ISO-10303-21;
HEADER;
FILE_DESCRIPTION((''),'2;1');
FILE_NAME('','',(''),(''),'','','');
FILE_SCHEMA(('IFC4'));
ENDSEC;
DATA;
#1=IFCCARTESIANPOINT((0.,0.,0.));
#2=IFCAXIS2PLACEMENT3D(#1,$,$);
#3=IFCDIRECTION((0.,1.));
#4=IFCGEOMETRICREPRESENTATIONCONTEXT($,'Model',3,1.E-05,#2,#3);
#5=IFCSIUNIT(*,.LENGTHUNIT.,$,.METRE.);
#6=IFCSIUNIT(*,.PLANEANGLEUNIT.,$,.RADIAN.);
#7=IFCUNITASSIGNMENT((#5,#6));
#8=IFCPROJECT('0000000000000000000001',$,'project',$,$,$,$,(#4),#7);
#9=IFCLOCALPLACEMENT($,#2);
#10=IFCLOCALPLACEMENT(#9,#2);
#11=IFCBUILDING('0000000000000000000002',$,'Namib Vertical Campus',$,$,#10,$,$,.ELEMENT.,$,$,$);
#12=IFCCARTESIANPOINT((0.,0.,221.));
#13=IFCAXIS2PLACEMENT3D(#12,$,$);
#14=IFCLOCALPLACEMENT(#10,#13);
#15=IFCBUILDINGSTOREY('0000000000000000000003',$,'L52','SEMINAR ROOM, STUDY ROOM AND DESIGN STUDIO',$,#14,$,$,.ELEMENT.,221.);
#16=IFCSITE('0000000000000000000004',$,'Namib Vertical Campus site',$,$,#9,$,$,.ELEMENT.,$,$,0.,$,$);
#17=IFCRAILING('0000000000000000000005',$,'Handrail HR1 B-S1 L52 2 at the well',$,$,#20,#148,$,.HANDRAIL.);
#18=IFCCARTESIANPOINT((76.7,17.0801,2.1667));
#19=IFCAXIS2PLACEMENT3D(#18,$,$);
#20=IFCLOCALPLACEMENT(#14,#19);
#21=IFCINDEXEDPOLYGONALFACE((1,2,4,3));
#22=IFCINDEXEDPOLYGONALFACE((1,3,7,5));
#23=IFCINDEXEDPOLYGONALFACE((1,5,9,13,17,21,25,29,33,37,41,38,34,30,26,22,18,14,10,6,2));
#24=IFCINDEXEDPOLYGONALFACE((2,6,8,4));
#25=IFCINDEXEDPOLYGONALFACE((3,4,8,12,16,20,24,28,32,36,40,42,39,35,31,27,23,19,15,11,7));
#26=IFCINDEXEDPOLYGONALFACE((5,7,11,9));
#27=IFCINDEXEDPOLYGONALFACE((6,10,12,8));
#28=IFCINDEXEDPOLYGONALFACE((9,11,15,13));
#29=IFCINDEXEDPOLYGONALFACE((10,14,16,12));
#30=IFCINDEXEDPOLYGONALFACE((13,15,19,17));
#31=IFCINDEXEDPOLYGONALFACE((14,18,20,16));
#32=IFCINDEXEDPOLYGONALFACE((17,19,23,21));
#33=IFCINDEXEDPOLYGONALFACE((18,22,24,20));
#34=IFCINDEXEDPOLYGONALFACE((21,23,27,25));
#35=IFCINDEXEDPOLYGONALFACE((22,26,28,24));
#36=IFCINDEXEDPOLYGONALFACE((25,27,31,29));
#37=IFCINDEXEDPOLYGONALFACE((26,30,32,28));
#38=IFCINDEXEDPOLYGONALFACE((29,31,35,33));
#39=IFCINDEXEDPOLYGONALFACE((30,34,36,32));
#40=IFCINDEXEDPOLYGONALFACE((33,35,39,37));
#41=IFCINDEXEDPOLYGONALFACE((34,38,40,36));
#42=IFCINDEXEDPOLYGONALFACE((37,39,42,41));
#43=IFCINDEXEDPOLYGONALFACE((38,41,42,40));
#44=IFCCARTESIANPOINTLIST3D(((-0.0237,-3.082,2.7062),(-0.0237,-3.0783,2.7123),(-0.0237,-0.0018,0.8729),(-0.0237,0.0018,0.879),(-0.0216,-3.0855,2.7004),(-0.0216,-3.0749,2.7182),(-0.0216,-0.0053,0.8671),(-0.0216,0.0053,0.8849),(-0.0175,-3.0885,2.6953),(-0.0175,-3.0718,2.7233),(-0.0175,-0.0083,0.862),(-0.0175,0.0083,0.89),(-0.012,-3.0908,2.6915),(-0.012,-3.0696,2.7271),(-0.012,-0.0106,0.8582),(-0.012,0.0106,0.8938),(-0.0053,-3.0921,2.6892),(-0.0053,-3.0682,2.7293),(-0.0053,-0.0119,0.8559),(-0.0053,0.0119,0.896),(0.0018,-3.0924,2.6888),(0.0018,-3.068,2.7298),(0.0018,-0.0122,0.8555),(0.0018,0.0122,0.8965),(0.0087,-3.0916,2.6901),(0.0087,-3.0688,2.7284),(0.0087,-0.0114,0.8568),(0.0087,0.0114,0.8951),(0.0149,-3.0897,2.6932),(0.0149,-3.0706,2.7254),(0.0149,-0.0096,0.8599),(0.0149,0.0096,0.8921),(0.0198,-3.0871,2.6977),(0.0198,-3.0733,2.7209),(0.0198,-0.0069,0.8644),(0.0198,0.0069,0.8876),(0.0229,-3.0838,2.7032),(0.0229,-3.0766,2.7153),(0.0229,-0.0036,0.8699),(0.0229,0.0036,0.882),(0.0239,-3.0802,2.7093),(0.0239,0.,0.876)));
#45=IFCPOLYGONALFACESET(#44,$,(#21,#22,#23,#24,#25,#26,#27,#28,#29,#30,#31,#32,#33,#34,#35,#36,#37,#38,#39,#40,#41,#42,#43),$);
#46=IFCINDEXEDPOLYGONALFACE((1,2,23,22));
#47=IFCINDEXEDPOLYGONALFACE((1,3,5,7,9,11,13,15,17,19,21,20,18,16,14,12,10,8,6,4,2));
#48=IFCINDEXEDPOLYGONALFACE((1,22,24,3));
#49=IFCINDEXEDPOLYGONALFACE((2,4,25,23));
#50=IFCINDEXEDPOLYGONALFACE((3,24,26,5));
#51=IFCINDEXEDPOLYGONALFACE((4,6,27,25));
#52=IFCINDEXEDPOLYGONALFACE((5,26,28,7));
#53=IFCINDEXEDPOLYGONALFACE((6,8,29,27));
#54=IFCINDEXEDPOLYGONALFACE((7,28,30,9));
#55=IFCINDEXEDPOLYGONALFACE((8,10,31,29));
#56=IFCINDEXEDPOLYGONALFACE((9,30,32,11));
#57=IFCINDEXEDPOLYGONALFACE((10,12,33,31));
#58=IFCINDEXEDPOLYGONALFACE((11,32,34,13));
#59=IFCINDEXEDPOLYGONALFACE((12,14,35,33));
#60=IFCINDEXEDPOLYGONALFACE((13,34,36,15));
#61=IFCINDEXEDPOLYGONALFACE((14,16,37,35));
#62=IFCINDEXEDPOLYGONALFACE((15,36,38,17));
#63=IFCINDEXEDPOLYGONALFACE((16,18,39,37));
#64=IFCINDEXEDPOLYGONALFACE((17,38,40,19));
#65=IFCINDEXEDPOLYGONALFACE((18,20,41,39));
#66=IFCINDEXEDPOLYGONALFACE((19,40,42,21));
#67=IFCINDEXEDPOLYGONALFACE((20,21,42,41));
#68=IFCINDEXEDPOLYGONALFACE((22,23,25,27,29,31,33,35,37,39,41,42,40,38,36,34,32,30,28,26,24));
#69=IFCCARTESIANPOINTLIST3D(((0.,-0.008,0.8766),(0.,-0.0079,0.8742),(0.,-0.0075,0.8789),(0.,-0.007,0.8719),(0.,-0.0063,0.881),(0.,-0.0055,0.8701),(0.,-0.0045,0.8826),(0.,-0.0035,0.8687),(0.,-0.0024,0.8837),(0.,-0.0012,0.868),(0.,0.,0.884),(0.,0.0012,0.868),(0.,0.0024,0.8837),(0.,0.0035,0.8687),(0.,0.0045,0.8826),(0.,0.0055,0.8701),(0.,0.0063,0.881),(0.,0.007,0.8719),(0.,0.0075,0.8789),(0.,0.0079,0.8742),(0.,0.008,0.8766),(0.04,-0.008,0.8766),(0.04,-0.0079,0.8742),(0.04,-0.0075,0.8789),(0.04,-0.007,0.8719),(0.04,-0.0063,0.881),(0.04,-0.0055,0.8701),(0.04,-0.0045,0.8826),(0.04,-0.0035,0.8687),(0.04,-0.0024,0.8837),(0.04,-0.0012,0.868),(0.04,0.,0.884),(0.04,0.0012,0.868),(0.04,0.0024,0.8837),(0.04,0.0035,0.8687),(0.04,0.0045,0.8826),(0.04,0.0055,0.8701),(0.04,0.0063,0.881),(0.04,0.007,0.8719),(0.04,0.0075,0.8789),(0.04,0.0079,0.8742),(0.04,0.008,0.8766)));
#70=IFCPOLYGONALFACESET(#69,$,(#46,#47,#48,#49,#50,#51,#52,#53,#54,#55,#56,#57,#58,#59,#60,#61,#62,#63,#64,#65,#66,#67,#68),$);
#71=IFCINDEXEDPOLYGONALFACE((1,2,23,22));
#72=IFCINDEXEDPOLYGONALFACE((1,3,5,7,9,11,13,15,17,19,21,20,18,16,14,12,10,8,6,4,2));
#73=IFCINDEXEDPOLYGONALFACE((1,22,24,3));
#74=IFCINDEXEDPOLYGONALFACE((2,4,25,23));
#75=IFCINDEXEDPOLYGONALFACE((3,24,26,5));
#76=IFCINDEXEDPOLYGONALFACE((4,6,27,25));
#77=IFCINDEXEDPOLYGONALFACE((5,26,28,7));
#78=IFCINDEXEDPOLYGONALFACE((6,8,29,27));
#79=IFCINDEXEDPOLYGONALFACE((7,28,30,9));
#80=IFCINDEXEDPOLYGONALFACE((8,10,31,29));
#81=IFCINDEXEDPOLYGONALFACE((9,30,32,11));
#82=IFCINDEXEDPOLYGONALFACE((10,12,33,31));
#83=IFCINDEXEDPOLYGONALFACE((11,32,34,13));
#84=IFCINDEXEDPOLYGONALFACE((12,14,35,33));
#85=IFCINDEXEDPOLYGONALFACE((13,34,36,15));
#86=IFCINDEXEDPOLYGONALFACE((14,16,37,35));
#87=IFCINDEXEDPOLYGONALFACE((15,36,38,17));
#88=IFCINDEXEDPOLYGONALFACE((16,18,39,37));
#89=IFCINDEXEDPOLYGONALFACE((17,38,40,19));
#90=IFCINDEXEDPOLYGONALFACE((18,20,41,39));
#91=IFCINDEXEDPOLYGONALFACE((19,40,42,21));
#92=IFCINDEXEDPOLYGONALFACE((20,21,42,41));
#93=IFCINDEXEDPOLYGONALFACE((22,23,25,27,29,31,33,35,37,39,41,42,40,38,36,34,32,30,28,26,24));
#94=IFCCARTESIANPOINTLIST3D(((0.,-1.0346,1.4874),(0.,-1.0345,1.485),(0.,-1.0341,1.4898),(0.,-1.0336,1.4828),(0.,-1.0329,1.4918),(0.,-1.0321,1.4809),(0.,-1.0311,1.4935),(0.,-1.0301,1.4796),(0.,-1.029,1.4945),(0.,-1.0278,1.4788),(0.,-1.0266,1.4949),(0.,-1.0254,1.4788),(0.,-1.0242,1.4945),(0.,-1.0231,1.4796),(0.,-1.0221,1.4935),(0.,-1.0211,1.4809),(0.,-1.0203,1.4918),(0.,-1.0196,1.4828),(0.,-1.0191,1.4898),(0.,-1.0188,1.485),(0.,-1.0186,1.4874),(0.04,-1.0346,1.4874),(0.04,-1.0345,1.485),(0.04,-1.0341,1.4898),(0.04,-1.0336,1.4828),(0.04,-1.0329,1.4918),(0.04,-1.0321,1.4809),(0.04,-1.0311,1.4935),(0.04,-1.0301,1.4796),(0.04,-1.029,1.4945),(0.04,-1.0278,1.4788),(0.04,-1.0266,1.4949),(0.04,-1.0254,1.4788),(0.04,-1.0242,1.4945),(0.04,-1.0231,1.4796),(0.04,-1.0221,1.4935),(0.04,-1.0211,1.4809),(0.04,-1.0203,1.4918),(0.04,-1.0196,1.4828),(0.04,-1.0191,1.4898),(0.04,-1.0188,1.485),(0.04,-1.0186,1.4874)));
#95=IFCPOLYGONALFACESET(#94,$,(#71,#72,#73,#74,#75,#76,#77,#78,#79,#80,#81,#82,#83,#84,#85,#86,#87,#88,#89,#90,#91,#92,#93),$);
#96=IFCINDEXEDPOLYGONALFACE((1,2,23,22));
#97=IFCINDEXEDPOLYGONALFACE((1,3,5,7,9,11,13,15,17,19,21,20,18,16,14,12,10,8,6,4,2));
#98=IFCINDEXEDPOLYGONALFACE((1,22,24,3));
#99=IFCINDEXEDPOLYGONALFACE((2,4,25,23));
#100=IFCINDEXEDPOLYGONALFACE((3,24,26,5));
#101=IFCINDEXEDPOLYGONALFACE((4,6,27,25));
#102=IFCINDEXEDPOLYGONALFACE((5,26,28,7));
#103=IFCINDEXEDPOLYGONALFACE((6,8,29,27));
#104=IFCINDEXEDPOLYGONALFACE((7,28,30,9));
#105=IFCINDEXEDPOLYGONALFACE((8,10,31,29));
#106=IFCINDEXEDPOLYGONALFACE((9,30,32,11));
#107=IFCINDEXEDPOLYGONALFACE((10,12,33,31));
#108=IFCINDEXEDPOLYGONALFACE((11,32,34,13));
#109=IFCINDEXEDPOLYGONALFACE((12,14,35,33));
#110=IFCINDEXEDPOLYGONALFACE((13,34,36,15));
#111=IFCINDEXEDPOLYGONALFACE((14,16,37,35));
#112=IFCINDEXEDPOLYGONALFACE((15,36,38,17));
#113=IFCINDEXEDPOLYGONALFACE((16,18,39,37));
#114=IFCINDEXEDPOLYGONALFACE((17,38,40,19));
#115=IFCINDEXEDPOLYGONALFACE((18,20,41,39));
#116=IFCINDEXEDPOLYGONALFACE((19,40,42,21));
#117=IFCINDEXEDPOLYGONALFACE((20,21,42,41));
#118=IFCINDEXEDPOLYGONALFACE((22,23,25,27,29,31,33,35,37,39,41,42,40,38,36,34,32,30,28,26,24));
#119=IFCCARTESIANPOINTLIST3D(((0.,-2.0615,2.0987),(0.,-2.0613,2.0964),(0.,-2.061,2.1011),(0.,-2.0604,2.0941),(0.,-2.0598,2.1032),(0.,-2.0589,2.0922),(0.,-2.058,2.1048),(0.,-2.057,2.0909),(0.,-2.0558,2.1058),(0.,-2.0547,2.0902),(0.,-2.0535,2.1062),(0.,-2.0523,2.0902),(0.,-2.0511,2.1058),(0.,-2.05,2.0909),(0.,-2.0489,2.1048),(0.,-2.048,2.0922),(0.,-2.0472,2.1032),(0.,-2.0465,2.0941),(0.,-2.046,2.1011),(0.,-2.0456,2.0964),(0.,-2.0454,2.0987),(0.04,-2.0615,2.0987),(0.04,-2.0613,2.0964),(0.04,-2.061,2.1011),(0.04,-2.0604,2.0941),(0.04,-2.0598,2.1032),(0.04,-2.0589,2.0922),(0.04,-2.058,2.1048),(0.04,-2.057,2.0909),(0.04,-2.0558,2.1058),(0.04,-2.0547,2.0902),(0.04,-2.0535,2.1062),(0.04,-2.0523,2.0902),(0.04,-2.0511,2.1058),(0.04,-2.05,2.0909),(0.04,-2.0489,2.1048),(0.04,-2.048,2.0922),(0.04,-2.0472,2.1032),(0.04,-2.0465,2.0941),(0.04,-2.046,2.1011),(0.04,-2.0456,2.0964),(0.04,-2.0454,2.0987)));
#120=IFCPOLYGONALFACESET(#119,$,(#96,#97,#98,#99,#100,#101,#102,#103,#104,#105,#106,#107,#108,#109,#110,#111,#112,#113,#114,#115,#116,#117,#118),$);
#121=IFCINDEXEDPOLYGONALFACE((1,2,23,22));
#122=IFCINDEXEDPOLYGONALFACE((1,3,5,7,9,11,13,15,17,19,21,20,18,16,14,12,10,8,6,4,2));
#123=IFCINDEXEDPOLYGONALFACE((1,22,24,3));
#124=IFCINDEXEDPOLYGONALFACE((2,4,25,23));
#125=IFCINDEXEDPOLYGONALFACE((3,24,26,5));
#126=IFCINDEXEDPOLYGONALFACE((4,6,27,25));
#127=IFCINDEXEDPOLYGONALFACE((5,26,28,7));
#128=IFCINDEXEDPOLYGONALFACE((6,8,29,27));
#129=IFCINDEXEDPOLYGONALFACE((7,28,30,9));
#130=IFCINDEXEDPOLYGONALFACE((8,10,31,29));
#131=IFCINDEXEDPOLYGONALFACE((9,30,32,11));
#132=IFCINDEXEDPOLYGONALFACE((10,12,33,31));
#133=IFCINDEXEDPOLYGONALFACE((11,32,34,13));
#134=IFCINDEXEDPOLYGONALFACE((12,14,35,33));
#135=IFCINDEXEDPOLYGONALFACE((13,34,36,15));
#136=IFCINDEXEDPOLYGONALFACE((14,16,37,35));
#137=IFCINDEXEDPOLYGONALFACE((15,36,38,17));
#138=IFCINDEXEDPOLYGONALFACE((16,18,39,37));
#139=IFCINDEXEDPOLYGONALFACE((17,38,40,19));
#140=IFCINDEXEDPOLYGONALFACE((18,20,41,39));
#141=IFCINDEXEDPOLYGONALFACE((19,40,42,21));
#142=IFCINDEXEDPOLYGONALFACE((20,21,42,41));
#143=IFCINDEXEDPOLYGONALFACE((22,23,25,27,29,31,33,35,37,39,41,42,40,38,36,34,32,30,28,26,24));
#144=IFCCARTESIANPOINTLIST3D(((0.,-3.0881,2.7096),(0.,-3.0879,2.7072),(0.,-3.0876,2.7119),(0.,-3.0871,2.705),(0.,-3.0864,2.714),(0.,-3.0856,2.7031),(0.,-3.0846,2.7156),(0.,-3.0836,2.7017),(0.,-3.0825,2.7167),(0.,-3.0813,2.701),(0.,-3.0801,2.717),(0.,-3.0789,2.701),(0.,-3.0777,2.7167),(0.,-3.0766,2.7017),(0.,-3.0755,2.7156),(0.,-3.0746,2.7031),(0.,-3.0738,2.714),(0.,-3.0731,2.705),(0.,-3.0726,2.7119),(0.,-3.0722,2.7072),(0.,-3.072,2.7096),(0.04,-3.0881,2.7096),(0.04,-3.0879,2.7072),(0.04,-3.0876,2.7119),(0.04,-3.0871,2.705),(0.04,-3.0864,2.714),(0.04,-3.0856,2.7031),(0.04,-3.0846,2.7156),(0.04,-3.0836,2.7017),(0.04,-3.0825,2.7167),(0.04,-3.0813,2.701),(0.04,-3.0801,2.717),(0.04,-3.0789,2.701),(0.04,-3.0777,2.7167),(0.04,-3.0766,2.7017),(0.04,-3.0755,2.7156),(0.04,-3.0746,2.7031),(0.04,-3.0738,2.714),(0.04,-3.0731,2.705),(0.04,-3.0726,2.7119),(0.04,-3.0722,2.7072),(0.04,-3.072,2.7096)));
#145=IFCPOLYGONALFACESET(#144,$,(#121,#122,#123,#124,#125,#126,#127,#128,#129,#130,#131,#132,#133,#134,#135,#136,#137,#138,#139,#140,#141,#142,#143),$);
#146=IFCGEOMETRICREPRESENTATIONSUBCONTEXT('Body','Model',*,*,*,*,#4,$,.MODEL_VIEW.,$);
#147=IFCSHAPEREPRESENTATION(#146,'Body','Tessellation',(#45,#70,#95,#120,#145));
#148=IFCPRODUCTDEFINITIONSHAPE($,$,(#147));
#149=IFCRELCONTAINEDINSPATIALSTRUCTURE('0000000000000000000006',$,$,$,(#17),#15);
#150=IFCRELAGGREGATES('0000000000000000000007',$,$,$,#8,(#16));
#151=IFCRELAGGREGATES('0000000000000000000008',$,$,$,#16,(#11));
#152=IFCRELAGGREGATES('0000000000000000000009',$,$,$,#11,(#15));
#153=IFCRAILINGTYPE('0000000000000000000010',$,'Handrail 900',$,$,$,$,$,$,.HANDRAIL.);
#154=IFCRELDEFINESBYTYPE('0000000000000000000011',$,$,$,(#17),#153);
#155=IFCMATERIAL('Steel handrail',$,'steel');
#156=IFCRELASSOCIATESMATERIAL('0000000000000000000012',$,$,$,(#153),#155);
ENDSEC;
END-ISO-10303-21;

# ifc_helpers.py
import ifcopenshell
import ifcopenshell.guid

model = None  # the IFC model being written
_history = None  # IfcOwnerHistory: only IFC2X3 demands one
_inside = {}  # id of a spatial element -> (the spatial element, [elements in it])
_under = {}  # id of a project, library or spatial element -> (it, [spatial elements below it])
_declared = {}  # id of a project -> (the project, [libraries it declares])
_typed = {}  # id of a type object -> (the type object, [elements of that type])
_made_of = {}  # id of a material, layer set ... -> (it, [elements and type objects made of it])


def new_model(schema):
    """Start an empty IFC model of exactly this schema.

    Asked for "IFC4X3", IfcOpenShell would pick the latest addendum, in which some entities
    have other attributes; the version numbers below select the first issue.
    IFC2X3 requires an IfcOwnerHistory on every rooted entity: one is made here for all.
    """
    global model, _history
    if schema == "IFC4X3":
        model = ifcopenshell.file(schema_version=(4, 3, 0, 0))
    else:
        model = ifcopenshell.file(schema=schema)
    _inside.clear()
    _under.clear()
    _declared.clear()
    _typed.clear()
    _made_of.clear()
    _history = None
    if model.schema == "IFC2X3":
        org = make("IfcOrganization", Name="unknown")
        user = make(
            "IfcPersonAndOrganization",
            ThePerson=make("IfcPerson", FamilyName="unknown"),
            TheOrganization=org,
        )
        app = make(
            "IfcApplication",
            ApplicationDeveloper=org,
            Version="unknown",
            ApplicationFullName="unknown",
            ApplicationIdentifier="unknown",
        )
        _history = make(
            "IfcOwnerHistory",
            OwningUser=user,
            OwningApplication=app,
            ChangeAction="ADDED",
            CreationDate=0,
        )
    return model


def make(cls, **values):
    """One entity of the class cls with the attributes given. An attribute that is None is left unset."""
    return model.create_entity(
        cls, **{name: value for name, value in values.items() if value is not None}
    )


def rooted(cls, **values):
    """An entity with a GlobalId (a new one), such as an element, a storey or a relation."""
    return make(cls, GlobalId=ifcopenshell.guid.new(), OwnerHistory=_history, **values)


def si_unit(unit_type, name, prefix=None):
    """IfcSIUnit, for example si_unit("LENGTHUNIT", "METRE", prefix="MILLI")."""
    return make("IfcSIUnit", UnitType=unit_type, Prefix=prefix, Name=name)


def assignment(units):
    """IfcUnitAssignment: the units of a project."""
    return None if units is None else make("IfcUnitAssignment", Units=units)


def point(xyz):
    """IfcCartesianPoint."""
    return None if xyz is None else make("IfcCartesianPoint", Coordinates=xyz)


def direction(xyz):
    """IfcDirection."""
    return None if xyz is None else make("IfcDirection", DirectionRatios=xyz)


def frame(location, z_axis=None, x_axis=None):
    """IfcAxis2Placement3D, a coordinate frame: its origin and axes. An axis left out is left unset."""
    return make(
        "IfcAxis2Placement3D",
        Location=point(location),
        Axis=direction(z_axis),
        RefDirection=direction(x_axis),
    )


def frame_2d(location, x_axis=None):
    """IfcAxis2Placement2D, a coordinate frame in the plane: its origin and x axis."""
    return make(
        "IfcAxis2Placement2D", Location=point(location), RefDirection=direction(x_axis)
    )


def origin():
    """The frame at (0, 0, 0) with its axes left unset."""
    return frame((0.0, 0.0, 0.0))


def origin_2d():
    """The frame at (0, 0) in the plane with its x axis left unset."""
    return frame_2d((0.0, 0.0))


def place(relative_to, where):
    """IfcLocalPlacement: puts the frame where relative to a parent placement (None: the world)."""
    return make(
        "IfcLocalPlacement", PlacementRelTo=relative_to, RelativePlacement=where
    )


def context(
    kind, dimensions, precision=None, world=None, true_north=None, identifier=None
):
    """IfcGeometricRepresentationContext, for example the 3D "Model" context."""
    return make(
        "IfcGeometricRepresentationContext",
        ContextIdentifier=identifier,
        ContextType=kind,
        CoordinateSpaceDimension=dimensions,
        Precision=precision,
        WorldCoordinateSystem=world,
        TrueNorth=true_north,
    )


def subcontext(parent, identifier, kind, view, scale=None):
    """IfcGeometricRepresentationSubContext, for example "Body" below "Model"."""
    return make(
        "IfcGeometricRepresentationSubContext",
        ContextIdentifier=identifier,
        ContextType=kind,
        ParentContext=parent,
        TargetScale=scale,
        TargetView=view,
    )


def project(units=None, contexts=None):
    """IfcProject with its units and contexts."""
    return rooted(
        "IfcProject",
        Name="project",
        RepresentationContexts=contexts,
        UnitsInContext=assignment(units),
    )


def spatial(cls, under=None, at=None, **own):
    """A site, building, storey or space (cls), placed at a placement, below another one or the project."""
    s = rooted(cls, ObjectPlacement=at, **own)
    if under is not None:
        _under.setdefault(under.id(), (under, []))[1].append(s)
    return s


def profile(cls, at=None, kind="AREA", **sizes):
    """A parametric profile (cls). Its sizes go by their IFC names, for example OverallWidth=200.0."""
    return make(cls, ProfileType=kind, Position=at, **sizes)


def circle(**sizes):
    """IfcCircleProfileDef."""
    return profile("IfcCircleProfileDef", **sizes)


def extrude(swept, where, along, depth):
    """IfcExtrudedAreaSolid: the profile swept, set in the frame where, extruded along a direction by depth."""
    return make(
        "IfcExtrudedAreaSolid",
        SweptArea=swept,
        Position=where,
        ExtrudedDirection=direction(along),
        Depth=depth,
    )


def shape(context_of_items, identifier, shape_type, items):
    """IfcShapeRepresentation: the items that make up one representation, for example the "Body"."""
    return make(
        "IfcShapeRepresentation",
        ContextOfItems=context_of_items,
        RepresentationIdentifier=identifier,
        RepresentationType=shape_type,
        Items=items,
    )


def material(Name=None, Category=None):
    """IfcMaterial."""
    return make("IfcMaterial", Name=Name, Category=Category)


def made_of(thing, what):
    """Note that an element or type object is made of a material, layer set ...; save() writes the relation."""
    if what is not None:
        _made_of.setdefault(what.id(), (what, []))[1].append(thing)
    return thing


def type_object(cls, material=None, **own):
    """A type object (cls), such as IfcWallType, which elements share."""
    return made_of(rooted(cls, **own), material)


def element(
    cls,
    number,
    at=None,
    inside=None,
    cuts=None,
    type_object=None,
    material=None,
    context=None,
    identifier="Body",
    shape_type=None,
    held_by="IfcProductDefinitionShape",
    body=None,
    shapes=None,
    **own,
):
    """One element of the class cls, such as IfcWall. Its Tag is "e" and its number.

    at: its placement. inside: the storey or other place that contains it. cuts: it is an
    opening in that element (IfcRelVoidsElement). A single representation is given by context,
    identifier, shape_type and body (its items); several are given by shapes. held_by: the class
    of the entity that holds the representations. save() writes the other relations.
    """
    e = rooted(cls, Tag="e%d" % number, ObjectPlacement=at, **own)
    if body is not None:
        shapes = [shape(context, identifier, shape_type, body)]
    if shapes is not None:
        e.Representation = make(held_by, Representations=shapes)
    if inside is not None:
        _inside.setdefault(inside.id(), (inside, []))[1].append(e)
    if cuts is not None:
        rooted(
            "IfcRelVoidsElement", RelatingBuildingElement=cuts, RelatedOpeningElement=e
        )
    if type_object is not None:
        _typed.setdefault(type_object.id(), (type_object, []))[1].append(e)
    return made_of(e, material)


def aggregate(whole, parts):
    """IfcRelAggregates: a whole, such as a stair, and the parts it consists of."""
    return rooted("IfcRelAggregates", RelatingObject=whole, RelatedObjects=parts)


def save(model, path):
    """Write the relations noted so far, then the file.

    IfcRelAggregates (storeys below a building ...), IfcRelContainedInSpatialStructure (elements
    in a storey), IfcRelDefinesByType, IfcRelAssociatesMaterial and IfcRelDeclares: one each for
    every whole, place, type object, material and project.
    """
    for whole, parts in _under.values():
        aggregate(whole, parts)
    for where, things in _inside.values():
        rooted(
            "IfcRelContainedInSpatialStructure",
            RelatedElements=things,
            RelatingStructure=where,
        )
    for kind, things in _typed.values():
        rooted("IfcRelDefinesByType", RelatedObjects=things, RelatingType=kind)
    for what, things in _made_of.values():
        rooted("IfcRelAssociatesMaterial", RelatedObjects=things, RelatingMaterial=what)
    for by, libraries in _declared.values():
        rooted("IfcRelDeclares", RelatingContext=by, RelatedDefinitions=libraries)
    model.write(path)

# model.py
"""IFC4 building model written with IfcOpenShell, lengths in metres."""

from ifc_helpers import new_model, si_unit, direction, frame, origin, origin_2d, place, context, subcontext, project, spatial, circle, extrude, material, type_object, element, save


model = new_model("IFC4")

# Units and contexts
model_context = context("Model", 3, precision=1e-05, world=origin(), true_north=direction((0.0, 1.0)))
body_context = subcontext(model_context, "Body", "Model", "MODEL_VIEW")
ifc_project = project(units=[si_unit("LENGTHUNIT", "METRE"), si_unit("PLANEANGLEUNIT", "RADIAN")], contexts=[model_context])

# Site, building, storey
site_placement = place(None, origin())
site = spatial("IfcSite", under=ifc_project, at=site_placement, Name="Namib Vertical Campus site", CompositionType="ELEMENT", RefElevation=0.0)
building_placement = place(site_placement, origin())
building = spatial("IfcBuilding", under=site, at=building_placement, Name="Namib Vertical Campus", CompositionType="ELEMENT")
storey_placement = place(building_placement, frame((0.0, 0.0, 221.0)))
storey = spatial("IfcBuildingStorey", under=building, at=storey_placement, Name="L52", Description="SEMINAR ROOM, STUDY ROOM AND DESIGN STUDIO", CompositionType="ELEMENT", Elevation=221.0)

# Railing
ifc_material_1 = material(Name="Steel handrail", Category="steel")
railing_type_1 = type_object("IfcRailingType", Name="Handrail 900", PredefinedType="HANDRAIL", material=ifc_material_1)
railing_1_placement = place(storey_placement, frame((76.7, 17.0801, 2.1667)))
element("IfcRailing", 1, at=railing_1_placement, inside=storey, type_object=railing_type_1, Name="Handrail HR1 B-S1 L52 2 at the well", PredefinedType="HANDRAIL", context=body_context, shape_type="SweptSolid", body=[
    extrude(circle(Radius=0.0239, at=origin_2d()), frame((0.0, 0.0, 0.876), z_axis=(0.0, -0.859309, 0.511458), x_axis=(1.0, 0.0, 0.0)), (0.0, 0.0, 1.0), 3.5845),
    extrude(circle(Radius=0.0081, at=origin_2d()), frame((0.0, 0.0, 0.876), z_axis=(1.0, 0.0, 0.0), x_axis=(0.0, 0.0, 1.0)), (0.0, 0.0, 1.0), 0.04),
    extrude(circle(Radius=0.0081, at=origin_2d()), frame((0.0, -1.0266, 1.4868), z_axis=(1.0, 0.0, 0.0), x_axis=(0.0, 0.0, 1.0)), (0.0, 0.0, 1.0), 0.04),
    extrude(circle(Radius=0.0081, at=origin_2d()), frame((0.0, -2.0535, 2.0981), z_axis=(1.0, 0.0, 0.0), x_axis=(0.0, 0.0, 1.0)), (0.0, 0.0, 1.0), 0.04),
    extrude(circle(Radius=0.0081, at=origin_2d()), frame((0.0, -3.0801, 2.709), z_axis=(1.0, 0.0, 0.0), x_axis=(0.0, 0.0, 1.0)), (0.0, 0.0, 1.0), 0.04),
])

save(model, "model.ifc")
